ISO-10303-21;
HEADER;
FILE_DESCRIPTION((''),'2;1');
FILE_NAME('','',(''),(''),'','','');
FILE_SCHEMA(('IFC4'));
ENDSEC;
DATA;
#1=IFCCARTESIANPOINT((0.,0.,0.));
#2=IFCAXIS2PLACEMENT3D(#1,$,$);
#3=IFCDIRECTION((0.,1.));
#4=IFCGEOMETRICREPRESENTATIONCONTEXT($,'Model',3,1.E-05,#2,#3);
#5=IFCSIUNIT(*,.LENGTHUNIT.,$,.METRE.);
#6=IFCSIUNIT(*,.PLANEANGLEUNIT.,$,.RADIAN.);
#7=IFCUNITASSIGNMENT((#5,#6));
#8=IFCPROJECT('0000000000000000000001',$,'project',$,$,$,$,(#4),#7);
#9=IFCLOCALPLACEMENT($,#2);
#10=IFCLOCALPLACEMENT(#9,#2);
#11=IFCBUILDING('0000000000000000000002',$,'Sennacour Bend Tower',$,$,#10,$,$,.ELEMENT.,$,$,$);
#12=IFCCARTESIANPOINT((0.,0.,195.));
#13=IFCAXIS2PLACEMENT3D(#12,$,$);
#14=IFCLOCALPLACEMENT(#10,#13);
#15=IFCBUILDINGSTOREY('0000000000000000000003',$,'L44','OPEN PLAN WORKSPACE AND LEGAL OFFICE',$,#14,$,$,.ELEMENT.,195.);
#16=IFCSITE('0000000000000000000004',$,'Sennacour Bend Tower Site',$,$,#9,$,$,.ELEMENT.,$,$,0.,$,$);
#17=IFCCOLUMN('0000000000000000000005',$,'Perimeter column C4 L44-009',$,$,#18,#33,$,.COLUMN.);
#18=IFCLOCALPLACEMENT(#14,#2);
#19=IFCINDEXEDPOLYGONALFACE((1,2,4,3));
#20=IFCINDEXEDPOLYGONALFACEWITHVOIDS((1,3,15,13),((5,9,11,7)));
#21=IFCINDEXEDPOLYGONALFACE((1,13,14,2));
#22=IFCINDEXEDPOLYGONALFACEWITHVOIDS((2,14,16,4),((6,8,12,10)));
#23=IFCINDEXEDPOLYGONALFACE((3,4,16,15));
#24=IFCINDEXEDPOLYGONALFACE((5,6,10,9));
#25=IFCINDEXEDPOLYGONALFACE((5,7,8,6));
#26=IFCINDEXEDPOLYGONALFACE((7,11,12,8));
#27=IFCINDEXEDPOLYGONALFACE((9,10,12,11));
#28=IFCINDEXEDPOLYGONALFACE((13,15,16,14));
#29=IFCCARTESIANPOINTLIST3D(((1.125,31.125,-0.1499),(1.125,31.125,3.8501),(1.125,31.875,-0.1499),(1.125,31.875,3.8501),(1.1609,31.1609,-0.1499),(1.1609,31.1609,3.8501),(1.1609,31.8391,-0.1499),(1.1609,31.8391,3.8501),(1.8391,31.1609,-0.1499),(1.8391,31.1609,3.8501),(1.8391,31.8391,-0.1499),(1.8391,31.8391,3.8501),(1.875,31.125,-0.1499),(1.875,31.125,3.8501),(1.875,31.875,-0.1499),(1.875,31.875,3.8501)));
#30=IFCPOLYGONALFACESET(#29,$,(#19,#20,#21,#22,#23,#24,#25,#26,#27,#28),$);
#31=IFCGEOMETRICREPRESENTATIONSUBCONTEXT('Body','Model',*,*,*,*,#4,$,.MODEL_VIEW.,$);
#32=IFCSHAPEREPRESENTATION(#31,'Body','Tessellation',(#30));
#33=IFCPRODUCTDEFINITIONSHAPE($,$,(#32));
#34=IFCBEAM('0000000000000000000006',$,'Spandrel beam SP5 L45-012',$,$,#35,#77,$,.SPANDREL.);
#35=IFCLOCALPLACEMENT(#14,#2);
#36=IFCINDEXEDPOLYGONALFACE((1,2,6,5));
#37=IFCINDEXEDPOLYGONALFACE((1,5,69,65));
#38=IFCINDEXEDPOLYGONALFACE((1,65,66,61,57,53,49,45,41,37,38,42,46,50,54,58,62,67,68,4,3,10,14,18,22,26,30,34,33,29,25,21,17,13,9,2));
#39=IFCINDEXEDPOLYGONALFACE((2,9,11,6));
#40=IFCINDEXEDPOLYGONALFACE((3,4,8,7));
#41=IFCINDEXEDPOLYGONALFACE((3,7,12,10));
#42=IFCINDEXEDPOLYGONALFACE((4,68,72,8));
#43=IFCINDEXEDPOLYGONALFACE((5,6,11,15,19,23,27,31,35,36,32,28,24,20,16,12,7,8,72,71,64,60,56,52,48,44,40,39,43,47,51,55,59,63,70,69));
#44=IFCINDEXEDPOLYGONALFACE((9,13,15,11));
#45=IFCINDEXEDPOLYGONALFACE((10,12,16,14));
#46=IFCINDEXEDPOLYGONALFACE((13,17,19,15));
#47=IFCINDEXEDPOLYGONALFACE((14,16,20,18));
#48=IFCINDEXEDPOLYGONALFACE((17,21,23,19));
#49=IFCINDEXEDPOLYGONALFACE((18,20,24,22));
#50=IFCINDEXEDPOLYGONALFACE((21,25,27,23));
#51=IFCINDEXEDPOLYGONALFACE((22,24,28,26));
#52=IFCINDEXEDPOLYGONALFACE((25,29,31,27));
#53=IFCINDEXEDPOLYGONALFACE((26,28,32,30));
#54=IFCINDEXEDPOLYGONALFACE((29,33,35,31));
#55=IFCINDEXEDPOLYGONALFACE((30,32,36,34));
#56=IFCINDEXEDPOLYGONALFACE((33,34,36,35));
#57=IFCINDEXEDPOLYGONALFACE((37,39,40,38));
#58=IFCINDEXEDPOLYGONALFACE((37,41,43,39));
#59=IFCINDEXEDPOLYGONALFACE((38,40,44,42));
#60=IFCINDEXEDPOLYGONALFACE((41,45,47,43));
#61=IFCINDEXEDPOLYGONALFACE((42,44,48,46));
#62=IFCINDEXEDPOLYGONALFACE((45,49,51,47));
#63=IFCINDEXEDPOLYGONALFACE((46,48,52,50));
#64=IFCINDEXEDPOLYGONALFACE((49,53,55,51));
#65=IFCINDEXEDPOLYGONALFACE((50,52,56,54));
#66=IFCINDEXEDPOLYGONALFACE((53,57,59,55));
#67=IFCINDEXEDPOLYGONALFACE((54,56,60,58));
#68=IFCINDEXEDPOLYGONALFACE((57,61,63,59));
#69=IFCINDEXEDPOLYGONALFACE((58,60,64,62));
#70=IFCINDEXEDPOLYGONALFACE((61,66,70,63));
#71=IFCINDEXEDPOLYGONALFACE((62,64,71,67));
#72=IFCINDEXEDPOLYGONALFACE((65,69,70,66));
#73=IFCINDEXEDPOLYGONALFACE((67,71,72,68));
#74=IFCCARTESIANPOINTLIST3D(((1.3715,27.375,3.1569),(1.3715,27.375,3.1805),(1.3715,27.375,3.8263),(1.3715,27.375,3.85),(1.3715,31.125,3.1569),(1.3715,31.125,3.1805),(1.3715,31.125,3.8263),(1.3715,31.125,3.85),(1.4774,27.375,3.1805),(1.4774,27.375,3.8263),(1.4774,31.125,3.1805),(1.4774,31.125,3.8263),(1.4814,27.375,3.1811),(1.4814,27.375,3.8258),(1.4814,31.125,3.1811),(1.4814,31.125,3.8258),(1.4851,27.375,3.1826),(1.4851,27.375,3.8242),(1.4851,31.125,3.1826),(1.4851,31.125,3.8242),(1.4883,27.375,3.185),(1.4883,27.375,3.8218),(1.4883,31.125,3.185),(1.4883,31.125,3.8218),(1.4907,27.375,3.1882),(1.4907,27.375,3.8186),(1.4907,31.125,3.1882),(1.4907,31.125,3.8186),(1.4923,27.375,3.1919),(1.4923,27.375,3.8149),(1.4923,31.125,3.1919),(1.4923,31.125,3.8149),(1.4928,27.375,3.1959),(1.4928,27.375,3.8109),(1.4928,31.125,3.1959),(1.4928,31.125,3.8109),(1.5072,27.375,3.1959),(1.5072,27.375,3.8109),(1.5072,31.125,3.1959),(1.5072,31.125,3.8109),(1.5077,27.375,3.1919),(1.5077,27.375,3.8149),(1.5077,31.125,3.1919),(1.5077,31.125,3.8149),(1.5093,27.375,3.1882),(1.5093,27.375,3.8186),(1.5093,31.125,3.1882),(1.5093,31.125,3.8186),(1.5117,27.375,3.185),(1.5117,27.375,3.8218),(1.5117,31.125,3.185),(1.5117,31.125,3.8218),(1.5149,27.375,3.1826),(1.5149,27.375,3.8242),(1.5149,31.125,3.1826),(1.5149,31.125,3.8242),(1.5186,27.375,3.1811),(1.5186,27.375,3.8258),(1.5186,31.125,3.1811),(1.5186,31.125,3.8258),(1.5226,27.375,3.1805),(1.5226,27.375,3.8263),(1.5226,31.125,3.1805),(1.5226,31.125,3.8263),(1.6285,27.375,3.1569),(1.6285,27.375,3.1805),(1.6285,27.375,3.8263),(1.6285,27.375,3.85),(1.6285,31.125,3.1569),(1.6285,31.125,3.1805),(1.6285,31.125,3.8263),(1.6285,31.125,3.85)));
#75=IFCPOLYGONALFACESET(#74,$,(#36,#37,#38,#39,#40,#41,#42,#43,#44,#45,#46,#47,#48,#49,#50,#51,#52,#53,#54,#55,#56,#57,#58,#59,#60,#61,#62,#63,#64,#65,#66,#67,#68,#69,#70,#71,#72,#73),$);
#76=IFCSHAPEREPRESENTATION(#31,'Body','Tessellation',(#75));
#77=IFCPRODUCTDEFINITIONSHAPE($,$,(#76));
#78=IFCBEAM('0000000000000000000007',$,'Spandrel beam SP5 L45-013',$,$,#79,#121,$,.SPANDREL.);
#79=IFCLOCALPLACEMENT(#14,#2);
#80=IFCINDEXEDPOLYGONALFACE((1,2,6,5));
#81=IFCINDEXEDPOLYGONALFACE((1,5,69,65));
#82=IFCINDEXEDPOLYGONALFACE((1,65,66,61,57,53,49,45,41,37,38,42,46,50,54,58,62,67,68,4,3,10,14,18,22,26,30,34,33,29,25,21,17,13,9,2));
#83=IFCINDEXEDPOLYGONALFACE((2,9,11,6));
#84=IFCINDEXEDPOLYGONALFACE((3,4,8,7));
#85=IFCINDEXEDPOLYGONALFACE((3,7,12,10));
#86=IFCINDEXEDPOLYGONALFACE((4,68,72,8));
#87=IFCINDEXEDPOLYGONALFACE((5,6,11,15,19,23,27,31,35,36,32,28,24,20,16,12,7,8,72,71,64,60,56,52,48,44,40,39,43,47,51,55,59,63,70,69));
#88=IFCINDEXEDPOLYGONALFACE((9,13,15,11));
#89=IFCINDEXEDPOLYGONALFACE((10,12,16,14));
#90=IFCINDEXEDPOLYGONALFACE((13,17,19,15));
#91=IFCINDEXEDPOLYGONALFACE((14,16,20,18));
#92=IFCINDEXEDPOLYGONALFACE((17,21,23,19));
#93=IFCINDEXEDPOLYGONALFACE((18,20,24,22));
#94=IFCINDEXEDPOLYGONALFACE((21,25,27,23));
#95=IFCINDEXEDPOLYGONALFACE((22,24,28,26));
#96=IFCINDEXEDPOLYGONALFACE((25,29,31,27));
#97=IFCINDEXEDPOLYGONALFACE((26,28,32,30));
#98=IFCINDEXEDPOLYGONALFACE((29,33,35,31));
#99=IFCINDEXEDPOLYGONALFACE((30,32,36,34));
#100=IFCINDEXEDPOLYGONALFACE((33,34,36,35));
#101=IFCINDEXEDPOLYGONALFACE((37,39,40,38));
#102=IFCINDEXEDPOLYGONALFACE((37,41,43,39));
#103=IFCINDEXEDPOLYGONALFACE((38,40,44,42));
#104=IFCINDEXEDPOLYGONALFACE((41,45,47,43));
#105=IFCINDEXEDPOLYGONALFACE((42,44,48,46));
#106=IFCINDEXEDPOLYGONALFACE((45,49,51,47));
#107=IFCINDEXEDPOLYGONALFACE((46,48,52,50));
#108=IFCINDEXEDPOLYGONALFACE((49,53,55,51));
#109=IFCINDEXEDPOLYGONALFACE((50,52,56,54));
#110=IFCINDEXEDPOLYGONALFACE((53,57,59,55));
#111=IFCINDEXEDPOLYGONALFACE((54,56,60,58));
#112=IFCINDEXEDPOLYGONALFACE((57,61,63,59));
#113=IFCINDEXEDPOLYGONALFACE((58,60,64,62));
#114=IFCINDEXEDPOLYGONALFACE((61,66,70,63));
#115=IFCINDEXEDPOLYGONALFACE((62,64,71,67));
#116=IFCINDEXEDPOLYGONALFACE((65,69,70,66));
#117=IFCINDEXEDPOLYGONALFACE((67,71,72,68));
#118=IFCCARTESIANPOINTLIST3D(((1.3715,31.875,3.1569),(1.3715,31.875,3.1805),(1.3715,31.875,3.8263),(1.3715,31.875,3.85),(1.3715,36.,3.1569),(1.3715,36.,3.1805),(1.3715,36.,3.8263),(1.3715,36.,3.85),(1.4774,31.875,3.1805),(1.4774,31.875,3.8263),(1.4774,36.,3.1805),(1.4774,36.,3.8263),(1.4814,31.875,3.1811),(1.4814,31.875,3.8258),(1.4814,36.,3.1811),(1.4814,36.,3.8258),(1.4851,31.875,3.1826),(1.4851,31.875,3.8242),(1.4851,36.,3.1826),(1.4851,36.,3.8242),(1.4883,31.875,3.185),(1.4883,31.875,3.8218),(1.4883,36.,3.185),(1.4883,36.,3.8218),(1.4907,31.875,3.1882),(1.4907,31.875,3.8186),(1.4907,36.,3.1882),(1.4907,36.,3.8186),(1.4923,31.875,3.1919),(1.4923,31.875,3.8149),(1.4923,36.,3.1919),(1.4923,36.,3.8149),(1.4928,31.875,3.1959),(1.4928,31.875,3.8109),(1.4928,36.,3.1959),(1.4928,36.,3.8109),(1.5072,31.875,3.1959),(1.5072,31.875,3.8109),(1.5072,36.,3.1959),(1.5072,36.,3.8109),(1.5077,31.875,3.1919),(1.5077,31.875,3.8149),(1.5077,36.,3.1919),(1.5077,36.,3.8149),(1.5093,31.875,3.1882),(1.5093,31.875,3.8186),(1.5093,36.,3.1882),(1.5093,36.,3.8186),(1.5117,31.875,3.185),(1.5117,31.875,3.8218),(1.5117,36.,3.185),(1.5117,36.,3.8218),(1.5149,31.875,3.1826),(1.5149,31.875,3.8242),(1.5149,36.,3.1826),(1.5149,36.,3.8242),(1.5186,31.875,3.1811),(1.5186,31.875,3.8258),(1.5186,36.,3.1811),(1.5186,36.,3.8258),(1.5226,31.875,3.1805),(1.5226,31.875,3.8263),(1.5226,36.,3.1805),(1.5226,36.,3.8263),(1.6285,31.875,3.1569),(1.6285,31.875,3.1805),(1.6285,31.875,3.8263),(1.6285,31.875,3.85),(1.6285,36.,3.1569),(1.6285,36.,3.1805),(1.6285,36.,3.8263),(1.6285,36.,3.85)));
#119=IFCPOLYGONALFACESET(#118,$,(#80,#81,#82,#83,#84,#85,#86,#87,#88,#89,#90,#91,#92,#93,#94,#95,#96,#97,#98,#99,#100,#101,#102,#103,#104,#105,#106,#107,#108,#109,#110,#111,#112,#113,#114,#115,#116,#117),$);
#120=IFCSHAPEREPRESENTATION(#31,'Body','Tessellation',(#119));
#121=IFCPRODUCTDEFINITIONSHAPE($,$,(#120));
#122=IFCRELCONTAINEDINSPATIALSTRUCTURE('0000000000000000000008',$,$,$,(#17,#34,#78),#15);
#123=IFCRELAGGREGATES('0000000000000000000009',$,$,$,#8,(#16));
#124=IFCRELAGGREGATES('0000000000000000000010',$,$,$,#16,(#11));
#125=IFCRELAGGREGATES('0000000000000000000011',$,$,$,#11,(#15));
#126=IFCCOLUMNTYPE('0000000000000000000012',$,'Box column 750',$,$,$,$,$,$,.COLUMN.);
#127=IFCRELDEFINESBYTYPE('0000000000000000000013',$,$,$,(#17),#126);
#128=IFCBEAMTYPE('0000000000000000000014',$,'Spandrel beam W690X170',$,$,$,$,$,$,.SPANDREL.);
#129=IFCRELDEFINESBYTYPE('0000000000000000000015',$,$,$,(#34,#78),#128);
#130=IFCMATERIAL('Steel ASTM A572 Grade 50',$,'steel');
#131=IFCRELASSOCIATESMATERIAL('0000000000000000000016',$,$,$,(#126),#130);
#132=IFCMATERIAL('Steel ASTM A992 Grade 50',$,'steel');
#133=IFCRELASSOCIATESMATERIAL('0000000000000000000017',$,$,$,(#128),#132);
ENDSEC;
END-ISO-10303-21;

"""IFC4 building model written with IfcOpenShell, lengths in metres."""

from ifc_helpers import new_model, si_unit, direction, frame, origin, origin_2d, place, context, subcontext, project, spatial, hollow_rectangle, i_section, extrude, material, material_profile, profile_set, type_object, element, save


model = new_model("IFC4")

# Units and contexts
model_context = context("Model", 3, precision=1e-05, world=origin(), true_north=direction((0.0, 1.0)))
body_context = subcontext(model_context, "Body", "Model", "MODEL_VIEW")
ifc_project = project(units=[si_unit("LENGTHUNIT", "METRE"), si_unit("PLANEANGLEUNIT", "RADIAN")], contexts=[model_context])

# Site, building, storey
site_placement = place(None, origin())
site = spatial("IfcSite", under=ifc_project, at=site_placement, Name="Sennacour Bend Tower Site", CompositionType="ELEMENT", RefElevation=0.0)
building_placement = place(site_placement, origin())
building = spatial("IfcBuilding", under=site, at=building_placement, Name="Sennacour Bend Tower", CompositionType="ELEMENT")
storey_placement = place(building_placement, frame((0.0, 0.0, 195.0)))
storey = spatial("IfcBuildingStorey", under=building, at=storey_placement, Name="L44", Description="OPEN PLAN WORKSPACE AND LEGAL OFFICE", CompositionType="ELEMENT", Elevation=195.0)

# Column
ifc_material_1 = material(Name="Steel ASTM A572 Grade 50", Category="steel")
ifc_material_profile_1 = material_profile(ifc_material_1, hollow_rectangle(XDim=0.75, YDim=0.75, WallThickness=0.0359, at=origin_2d()), Name="Steel ASTM A572 Grade 50", Category="steel")
ifc_profile_set_1 = profile_set([ifc_material_profile_1], Name="Steel ASTM A572 Grade 50")
column_type = type_object("IfcColumnType", Name="Box column 750", PredefinedType="COLUMN", material=ifc_profile_set_1)
column_placement = place(storey_placement, frame((1.5, 31.5, -0.1499), z_axis=(0.0, 0.0, 1.0), x_axis=(1.0, 0.0, 0.0)))
element("IfcColumn", 1, at=column_placement, inside=storey, type_object=column_type, Name="Perimeter column C4 L44-009", PredefinedType="COLUMN", context=body_context, shape_type="SweptSolid", body=[
    extrude(hollow_rectangle(XDim=0.75, YDim=0.75, WallThickness=0.0359, at=origin_2d()), origin(), (0.0, 0.0, 1.0), 4.0),
])

# Beams
ifc_material_2 = material(Name="Steel ASTM A992 Grade 50", Category="steel")
ifc_material_profile_2 = material_profile(ifc_material_2, i_section(OverallWidth=0.2571, OverallDepth=0.6931, WebThickness=0.0144, FlangeThickness=0.0237, FilletRadius=0.0154, at=origin_2d()), Name="Steel ASTM A992 Grade 50", Category="steel")
ifc_profile_set_2 = profile_set([ifc_material_profile_2], Name="Steel ASTM A992 Grade 50")
beam_type = type_object("IfcBeamType", Name="Spandrel beam W690X170", PredefinedType="SPANDREL", material=ifc_profile_set_2)
beam_1_placement = place(storey_placement, frame((1.5, 27.375, 3.5034), z_axis=(0.0, 1.0, 0.0), x_axis=(-1.0, 0.0, 0.0)))
element("IfcBeam", 2, at=beam_1_placement, inside=storey, type_object=beam_type, Name="Spandrel beam SP5 L45-012", PredefinedType="SPANDREL", context=body_context, shape_type="SweptSolid", body=[
    extrude(i_section(OverallWidth=0.2571, OverallDepth=0.6931, WebThickness=0.0144, FlangeThickness=0.0237, FilletRadius=0.0154, at=origin_2d()), origin(), (0.0, 0.0, 1.0), 3.75),
])
beam_2_placement = place(storey_placement, frame((1.5, 31.875, 3.5034), z_axis=(0.0, 1.0, 0.0), x_axis=(-1.0, 0.0, 0.0)))
element("IfcBeam", 3, at=beam_2_placement, inside=storey, type_object=beam_type, Name="Spandrel beam SP5 L45-013", PredefinedType="SPANDREL", context=body_context, shape_type="SweptSolid", body=[
    extrude(i_section(OverallWidth=0.2571, OverallDepth=0.6931, WebThickness=0.0144, FlangeThickness=0.0237, FilletRadius=0.0154, at=origin_2d()), origin(), (0.0, 0.0, 1.0), 4.125),
])

save(model, "model.ifc")
